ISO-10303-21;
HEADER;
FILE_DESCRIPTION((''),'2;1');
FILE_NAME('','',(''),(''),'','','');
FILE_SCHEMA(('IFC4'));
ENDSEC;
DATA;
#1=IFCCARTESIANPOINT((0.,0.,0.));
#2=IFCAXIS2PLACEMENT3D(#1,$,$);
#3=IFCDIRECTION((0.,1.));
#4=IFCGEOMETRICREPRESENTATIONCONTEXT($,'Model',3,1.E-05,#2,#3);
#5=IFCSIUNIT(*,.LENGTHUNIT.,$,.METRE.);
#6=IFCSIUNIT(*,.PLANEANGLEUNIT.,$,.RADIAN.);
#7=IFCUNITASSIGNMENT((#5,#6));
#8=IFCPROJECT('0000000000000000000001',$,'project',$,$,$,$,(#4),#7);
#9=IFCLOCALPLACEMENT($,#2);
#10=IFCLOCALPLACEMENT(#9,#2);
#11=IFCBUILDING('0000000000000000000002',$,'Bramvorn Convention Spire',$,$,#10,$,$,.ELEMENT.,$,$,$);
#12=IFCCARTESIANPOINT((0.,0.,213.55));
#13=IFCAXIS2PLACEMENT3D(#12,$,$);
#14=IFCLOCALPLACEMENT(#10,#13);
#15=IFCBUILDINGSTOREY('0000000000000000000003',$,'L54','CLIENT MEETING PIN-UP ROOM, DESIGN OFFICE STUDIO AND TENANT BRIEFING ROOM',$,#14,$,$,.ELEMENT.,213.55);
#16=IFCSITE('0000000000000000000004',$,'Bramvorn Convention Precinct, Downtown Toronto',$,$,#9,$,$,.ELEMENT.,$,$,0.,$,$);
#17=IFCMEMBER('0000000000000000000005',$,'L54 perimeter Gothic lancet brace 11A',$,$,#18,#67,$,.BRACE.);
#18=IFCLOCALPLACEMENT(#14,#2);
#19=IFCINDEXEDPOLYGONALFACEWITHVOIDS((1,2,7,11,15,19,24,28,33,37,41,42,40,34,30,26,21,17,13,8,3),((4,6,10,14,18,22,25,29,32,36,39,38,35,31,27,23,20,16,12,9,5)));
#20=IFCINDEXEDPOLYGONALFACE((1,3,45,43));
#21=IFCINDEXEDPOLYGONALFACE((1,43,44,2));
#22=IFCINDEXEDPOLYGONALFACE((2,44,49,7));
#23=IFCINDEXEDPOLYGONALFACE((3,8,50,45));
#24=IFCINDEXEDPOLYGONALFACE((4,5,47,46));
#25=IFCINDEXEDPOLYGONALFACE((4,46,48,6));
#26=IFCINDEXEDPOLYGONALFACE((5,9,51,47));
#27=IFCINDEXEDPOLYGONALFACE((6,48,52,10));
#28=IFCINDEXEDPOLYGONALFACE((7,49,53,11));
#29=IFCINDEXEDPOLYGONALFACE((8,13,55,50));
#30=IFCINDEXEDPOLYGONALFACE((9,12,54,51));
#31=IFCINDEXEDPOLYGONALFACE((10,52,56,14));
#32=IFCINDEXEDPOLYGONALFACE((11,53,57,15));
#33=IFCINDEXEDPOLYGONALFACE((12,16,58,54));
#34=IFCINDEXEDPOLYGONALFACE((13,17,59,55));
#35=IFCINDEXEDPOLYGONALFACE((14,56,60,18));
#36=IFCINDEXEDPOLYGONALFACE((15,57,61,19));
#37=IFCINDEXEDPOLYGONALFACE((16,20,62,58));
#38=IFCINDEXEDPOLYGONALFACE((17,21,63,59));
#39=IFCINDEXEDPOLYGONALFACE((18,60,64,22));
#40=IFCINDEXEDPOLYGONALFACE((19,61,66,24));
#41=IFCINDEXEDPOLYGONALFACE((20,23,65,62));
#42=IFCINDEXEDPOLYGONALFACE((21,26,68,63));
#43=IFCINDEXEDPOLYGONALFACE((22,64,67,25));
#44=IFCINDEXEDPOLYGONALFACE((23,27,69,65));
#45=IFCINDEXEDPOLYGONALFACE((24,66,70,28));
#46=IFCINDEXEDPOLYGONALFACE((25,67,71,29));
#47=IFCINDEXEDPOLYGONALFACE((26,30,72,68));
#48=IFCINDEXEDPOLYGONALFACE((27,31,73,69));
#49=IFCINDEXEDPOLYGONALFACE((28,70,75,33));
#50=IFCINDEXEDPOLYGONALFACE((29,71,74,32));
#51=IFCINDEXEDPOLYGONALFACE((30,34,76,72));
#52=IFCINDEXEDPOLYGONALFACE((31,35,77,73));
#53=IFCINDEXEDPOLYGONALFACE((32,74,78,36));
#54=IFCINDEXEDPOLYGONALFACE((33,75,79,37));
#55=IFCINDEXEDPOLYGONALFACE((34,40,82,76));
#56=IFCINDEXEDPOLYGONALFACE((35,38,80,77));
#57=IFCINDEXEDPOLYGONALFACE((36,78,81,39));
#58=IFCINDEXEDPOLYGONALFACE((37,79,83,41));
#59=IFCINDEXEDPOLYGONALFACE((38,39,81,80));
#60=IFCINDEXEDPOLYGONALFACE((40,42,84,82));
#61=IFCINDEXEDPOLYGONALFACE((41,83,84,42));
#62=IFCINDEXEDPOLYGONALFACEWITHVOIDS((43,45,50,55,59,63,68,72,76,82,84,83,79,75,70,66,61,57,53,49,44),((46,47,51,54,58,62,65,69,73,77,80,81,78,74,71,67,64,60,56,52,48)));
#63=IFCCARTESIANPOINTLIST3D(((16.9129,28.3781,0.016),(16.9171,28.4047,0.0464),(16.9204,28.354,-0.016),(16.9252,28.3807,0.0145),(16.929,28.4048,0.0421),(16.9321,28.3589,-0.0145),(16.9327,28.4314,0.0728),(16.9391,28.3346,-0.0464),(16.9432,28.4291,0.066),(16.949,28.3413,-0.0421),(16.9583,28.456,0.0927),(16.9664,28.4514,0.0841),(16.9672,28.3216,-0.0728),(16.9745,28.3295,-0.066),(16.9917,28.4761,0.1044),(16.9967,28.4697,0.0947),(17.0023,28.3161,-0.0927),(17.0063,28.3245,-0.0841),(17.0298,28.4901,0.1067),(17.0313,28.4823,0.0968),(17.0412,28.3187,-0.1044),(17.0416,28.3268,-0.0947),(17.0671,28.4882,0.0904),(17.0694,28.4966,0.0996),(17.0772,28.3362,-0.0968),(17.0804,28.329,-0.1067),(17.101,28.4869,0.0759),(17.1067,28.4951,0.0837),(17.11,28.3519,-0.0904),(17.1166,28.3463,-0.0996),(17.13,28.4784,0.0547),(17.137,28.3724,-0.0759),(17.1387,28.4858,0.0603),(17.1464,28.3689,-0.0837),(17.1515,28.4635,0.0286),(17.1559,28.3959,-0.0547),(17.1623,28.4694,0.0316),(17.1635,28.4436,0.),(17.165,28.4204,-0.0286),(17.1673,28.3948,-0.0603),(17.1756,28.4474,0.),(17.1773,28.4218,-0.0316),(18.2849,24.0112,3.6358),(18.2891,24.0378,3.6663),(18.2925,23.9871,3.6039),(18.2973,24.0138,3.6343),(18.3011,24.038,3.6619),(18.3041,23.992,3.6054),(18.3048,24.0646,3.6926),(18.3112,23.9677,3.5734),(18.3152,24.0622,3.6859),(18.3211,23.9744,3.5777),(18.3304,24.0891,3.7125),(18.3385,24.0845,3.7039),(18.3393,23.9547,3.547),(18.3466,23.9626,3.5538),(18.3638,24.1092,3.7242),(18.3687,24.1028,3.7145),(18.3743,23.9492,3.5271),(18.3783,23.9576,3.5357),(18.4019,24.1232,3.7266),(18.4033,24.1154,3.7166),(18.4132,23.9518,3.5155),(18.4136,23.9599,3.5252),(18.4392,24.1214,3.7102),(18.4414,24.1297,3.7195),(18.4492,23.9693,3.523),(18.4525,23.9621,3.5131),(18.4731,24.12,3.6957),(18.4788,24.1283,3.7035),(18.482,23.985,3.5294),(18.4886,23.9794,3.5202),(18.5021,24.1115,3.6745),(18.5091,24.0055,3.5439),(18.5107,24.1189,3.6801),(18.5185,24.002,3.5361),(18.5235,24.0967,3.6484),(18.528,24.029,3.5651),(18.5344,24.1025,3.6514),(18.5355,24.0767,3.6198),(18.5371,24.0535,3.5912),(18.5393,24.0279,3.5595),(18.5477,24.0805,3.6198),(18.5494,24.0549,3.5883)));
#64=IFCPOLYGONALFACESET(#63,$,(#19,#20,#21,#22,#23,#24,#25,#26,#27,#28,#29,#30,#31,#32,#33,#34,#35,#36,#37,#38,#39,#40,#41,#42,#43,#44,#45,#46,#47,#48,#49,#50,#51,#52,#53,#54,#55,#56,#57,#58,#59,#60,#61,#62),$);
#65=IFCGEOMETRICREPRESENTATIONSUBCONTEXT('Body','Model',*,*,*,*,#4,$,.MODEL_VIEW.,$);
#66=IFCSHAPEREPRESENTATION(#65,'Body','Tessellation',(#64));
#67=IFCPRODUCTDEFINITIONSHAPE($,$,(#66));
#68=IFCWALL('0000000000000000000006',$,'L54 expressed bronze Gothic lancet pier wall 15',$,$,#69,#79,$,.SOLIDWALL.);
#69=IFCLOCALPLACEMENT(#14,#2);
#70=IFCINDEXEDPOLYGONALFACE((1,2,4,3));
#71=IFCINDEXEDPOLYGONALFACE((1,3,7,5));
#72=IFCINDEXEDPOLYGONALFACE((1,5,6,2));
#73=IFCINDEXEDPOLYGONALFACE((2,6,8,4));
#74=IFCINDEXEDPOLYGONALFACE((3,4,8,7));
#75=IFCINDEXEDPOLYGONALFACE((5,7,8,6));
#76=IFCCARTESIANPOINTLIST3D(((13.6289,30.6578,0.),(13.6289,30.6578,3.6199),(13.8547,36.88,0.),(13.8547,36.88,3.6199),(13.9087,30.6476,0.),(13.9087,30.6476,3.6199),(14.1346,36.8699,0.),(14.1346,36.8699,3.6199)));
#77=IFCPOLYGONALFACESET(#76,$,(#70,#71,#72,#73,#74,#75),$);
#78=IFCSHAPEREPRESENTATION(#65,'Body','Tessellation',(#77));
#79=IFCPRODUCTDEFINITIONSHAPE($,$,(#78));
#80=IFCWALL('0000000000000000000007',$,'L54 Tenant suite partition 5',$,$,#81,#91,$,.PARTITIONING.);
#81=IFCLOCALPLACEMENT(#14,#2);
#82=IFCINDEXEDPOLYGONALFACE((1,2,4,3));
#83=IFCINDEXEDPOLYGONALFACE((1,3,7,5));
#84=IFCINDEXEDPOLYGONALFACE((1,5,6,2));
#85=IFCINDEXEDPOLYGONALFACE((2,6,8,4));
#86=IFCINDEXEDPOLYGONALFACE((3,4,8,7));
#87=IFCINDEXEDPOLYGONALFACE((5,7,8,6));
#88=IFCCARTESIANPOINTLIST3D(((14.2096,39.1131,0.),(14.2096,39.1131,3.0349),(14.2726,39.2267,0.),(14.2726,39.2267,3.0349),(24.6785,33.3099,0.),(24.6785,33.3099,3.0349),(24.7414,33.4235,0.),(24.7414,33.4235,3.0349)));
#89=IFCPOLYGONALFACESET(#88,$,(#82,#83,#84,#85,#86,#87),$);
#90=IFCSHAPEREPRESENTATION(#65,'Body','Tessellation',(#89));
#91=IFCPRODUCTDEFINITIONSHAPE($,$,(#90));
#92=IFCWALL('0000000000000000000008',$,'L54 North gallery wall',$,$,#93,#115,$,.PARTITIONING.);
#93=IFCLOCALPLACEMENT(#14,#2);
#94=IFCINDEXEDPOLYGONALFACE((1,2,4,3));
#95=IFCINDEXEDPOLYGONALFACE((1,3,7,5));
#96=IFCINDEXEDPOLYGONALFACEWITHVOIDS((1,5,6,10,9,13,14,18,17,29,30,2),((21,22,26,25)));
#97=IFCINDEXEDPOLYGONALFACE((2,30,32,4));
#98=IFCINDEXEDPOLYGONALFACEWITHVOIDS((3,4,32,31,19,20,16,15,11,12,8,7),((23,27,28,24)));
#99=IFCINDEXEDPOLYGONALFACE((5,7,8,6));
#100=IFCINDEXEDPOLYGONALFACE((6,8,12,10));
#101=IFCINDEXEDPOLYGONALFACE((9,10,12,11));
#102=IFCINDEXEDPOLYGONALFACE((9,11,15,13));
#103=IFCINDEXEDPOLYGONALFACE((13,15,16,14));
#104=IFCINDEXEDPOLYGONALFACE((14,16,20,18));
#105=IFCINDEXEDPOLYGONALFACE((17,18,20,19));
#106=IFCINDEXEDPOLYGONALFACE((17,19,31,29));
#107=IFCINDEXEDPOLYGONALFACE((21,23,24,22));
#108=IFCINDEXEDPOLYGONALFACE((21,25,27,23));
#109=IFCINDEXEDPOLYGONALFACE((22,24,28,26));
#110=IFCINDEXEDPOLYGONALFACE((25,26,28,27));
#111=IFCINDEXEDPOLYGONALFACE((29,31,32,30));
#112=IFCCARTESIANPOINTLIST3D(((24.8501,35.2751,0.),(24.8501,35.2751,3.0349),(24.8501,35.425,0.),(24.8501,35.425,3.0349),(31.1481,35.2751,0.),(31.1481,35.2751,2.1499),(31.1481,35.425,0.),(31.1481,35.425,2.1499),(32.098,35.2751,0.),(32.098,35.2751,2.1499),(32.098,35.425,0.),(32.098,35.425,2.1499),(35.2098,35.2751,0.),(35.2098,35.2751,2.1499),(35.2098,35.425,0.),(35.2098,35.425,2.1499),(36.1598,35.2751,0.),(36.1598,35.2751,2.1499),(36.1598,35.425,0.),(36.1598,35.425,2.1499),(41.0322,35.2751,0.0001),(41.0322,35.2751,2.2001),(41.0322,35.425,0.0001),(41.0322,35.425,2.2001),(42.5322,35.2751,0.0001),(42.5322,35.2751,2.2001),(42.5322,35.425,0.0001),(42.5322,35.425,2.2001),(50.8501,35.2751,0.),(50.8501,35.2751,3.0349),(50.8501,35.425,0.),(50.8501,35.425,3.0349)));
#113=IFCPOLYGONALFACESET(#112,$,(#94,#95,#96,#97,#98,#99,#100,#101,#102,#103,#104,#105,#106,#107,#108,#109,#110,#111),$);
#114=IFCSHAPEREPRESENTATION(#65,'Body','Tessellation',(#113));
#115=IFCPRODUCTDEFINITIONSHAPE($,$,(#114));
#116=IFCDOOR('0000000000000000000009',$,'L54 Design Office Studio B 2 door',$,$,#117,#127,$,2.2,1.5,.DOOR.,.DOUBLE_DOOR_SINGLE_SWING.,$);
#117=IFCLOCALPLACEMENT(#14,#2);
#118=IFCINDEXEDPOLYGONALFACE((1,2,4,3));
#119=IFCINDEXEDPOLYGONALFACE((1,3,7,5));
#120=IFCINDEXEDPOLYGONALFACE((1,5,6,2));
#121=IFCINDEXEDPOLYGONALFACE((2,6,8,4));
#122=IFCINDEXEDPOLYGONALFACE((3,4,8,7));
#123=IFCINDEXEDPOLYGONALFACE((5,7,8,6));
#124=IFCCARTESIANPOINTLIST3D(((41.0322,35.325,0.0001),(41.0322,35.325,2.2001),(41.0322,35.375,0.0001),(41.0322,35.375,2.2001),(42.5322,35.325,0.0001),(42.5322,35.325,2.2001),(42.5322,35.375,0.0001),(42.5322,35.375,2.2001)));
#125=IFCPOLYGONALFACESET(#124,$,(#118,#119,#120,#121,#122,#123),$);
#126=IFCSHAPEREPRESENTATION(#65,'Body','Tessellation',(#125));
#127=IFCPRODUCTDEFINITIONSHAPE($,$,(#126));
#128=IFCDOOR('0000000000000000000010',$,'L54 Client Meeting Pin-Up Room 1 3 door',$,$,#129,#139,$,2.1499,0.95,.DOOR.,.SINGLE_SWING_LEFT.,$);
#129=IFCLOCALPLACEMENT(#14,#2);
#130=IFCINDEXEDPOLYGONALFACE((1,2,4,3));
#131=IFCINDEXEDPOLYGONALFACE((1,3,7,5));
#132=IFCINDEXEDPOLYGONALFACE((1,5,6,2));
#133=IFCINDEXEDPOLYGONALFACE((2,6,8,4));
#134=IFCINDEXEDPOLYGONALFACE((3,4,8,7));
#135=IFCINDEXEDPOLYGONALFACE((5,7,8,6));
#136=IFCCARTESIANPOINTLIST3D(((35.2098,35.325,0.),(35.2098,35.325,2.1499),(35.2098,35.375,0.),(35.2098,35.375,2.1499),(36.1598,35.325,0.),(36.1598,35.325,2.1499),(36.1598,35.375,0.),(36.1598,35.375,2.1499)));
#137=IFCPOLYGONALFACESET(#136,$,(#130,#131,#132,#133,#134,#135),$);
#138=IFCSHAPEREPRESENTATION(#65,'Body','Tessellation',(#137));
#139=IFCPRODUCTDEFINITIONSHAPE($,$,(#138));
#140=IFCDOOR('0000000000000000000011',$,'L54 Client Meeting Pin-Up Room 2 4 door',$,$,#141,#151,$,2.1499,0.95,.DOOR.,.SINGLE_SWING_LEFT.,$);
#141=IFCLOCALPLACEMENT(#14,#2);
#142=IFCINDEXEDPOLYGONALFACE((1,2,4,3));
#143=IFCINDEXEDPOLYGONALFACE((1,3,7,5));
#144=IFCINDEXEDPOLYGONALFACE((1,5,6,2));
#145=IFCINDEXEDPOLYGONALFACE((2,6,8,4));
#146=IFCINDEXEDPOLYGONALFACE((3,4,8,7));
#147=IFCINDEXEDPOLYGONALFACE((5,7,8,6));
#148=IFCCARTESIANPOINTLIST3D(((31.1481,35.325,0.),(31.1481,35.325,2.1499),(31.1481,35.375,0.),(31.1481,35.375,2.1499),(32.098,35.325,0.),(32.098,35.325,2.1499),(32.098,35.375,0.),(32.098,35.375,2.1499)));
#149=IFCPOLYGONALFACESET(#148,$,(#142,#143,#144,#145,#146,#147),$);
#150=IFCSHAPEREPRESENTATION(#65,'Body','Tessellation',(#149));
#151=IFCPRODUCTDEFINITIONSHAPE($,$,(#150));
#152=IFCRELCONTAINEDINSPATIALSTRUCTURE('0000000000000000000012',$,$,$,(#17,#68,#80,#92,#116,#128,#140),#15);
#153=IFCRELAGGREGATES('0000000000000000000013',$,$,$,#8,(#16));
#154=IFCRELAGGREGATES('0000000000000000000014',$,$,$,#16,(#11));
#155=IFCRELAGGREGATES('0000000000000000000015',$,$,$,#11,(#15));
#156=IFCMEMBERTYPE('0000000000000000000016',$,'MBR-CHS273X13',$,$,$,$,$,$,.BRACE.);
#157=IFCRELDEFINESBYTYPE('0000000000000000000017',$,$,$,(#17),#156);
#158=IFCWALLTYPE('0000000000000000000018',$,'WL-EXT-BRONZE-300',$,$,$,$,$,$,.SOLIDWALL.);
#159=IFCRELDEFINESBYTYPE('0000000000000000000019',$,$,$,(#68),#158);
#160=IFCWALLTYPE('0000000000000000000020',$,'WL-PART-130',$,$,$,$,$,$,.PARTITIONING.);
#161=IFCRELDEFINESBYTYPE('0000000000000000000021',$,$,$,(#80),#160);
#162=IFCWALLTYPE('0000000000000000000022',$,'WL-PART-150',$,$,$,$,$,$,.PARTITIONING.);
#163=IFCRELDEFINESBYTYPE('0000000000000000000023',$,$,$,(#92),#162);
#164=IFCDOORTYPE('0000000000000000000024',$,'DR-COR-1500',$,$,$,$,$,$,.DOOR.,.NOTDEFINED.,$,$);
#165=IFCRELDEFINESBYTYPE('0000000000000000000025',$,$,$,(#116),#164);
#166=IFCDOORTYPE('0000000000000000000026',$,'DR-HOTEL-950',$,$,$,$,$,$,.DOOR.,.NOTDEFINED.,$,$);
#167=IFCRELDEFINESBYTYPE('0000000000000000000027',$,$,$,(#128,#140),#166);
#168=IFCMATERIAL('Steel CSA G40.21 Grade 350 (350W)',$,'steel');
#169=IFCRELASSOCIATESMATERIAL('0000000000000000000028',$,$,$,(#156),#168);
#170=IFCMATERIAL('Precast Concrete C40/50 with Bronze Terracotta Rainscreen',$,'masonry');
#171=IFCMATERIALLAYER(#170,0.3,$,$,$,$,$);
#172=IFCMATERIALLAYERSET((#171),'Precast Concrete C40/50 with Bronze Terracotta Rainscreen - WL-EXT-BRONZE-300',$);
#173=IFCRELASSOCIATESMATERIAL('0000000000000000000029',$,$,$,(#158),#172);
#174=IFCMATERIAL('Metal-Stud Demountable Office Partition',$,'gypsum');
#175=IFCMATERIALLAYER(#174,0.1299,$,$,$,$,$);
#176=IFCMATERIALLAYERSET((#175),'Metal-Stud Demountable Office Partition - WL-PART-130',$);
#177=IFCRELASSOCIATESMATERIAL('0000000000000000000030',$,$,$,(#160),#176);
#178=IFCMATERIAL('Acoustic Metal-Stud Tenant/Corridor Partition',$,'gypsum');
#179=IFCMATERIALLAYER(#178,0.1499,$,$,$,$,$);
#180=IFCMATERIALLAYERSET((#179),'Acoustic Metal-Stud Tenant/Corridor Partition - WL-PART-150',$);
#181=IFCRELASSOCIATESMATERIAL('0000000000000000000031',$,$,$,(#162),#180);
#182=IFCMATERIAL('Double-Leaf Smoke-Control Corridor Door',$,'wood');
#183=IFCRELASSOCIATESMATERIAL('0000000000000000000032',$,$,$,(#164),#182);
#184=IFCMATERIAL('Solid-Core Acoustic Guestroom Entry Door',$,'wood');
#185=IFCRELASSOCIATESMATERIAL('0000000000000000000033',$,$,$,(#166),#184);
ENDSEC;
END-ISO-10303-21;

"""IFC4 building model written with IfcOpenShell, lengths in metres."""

from ifc_helpers import new_model, si_unit, direction, frame, frame_2d, origin, origin_2d, place, context, subcontext, project, spatial, rectangle, hollow_circle, extrude, material, layer, layer_set, material_profile, profile_set, type_object, element, fill, save


model = new_model("IFC4")

# Units and contexts
model_context = context("Model", 3, precision=1e-05, world=origin(), true_north=direction((0.0, 1.0)))
body_context = subcontext(model_context, "Body", "Model", "MODEL_VIEW")
ifc_project = project(units=[si_unit("LENGTHUNIT", "METRE"), si_unit("PLANEANGLEUNIT", "RADIAN")], contexts=[model_context])

# Site, building, storey
site_placement = place(None, origin())
site = spatial("IfcSite", under=ifc_project, at=site_placement, Name="Bramvorn Convention Precinct, Downtown Toronto", CompositionType="ELEMENT", RefElevation=0.0)
building_placement = place(site_placement, origin())
building = spatial("IfcBuilding", under=site, at=building_placement, Name="Bramvorn Convention Spire", CompositionType="ELEMENT")
storey_placement = place(building_placement, frame((0.0, 0.0, 213.55)))
storey = spatial("IfcBuildingStorey", under=building, at=storey_placement, Name="L54", Description="CLIENT MEETING PIN-UP ROOM, DESIGN OFFICE STUDIO AND TENANT BRIEFING ROOM", CompositionType="ELEMENT", Elevation=213.55)

# Shared definitions
ifc_material_1 = material(Name="Steel CSA G40.21 Grade 350 (350W)", Category="steel")

# Member
ifc_material_profile_1 = material_profile(ifc_material_1, hollow_circle(Radius=0.1365, WallThickness=0.0127, at=origin_2d()))
ifc_profile_set_1 = profile_set([ifc_material_profile_1], Name="Steel CSA G40.21 Grade 350 (350W) - CHS273X13")
member_type = type_object("IfcMemberType", Name="MBR-CHS273X13", PredefinedType="BRACE", material=ifc_profile_set_1)
member_placement = place(storey_placement, frame((17.0454, 28.4065, 0.0), z_axis=(0.235114, -0.748306, 0.62029), x_axis=(0.954019, 0.299748, 0.0)))
element("IfcMember", 1, at=member_placement, inside=storey, type_object=member_type, Name="L54 perimeter Gothic lancet brace 11A", PredefinedType="BRACE", context=body_context, shape_type="SweptSolid", body=[
    extrude(hollow_circle(Radius=0.1365, WallThickness=0.0127, at=origin_2d()), origin(), (0.0, 0.0, 1.0), 5.8357),
])

# Walls
ifc_material_2 = material(Name="Precast Concrete C40/50 with Bronze Terracotta Rainscreen", Category="masonry")
ifc_layer_1 = layer(ifc_material_2, 0.3)
ifc_layer_set_1 = layer_set([ifc_layer_1], Name="Precast Concrete C40/50 with Bronze Terracotta Rainscreen - WL-EXT-BRONZE-300")
wall_type_1 = type_object("IfcWallType", Name="WL-EXT-BRONZE-300", PredefinedType="SOLIDWALL", material=ifc_layer_set_1)
wall_1_placement = place(storey_placement, frame((13.7688, 30.6526, 0.0), z_axis=(0.0, 0.0, 1.0), x_axis=(0.036271, 0.999342, 0.0)))
element("IfcWall", 2, at=wall_1_placement, inside=storey, type_object=wall_type_1, Name="L54 expressed bronze Gothic lancet pier wall 15", PredefinedType="SOLIDWALL", context=body_context, shape_type="SweptSolid", body=[
    extrude(rectangle(XDim=6.2263, YDim=0.28, at=frame_2d((3.1133, 0.0))), origin(), (0.0, 0.0, 1.0), 3.6199),
])
ifc_material_3 = material(Name="Metal-Stud Demountable Office Partition", Category="gypsum")
ifc_layer_2 = layer(ifc_material_3, 0.1299)
ifc_layer_set_2 = layer_set([ifc_layer_2], Name="Metal-Stud Demountable Office Partition - WL-PART-130")
wall_type_2 = type_object("IfcWallType", Name="WL-PART-130", PredefinedType="PARTITIONING", material=ifc_layer_set_2)
wall_2_placement = place(storey_placement, frame((24.71, 33.3667, 0.0), z_axis=(0.0, 0.0, 1.0), x_axis=(-0.874614, 0.48482, 0.0)))
element("IfcWall", 3, at=wall_2_placement, inside=storey, type_object=wall_type_2, Name="L54 Tenant suite partition 5", PredefinedType="PARTITIONING", context=body_context, shape_type="SweptSolid", body=[
    extrude(rectangle(XDim=11.9697, YDim=0.1299, at=frame_2d((5.9849, 0.0))), origin(), (0.0, 0.0, 1.0), 3.0349),
])

# Wall, openings, doors
ifc_material_4 = material(Name="Acoustic Metal-Stud Tenant/Corridor Partition", Category="gypsum")
ifc_layer_3 = layer(ifc_material_4, 0.1499)
ifc_layer_set_3 = layer_set([ifc_layer_3], Name="Acoustic Metal-Stud Tenant/Corridor Partition - WL-PART-150")
wall_type_3 = type_object("IfcWallType", Name="WL-PART-150", PredefinedType="PARTITIONING", material=ifc_layer_set_3)
wall_3_placement = place(storey_placement, frame((24.8501, 35.3501, 0.0), z_axis=(0.0, 0.0, 1.0), x_axis=(1.0, 0.0, 0.0)))
wall_3 = element("IfcWall", 4, at=wall_3_placement, inside=storey, type_object=wall_type_3, Name="L54 North gallery wall", PredefinedType="PARTITIONING", context=body_context, shape_type="SweptSolid", body=[
    extrude(rectangle(XDim=26.0, YDim=0.1499, at=frame_2d((13.0, 0.0))), origin(), (0.0, 0.0, 1.0), 3.0349),
])
opening_1_placement = place(wall_3_placement, frame((16.1821, 0.0, 0.0)))
opening_1 = element("IfcOpeningElement", 5, at=opening_1_placement, cuts=wall_3, PredefinedType="OPENING", context=body_context, shape_type="SweptSolid", body=[
    extrude(rectangle(XDim=1.5, YDim=2.2, at=frame_2d((0.75, 1.1001))), frame((0.0, 0.085, 0.0), z_axis=(0.0, -1.0, 0.0), x_axis=(1.0, 0.0, 0.0)), (0.0, 0.0, 1.0), 0.1699),
])
opening_2_placement = place(wall_3_placement, frame((10.3596, 0.0, 0.0)))
opening_2 = element("IfcOpeningElement", 6, at=opening_2_placement, cuts=wall_3, PredefinedType="OPENING", context=body_context, shape_type="SweptSolid", body=[
    extrude(rectangle(XDim=0.95, YDim=2.1499, at=frame_2d((0.4751, 1.075))), frame((0.0, 0.085, 0.0), z_axis=(0.0, -1.0, 0.0), x_axis=(1.0, 0.0, 0.0)), (0.0, 0.0, 1.0), 0.1699),
])
opening_3_placement = place(wall_3_placement, frame((6.2979, 0.0, 0.0)))
opening_3 = element("IfcOpeningElement", 7, at=opening_3_placement, cuts=wall_3, PredefinedType="OPENING", context=body_context, shape_type="SweptSolid", body=[
    extrude(rectangle(XDim=0.95, YDim=2.1499, at=frame_2d((0.4751, 1.075))), frame((0.0, 0.085, 0.0), z_axis=(0.0, -1.0, 0.0), x_axis=(1.0, 0.0, 0.0)), (0.0, 0.0, 1.0), 0.1699),
])
ifc_material_5 = material(Name="Double-Leaf Smoke-Control Corridor Door", Category="wood")
door_type_1 = type_object("IfcDoorType", Name="DR-COR-1500", OperationType="NOTDEFINED", PredefinedType="DOOR", material=ifc_material_5)
door_1_placement = place(opening_1_placement, origin())
door_1 = element("IfcDoor", 8, at=door_1_placement, inside=storey, type_object=door_type_1, Name="L54 Design Office Studio B 2 door", OperationType="DOUBLE_DOOR_SINGLE_SWING", OverallHeight=2.2, OverallWidth=1.5, PredefinedType="DOOR", context=body_context, shape_type="SweptSolid", body=[
    extrude(rectangle(XDim=1.5, YDim=2.2, at=frame_2d((0.75, 1.1001))), frame((0.0, 0.0249, 0.0), z_axis=(0.0, -1.0, 0.0), x_axis=(1.0, 0.0, 0.0)), (0.0, 0.0, 1.0), 0.05),
])
fill(opening_1, door_1)
ifc_material_6 = material(Name="Solid-Core Acoustic Guestroom Entry Door", Category="wood")
door_type_2 = type_object("IfcDoorType", Name="DR-HOTEL-950", OperationType="NOTDEFINED", PredefinedType="DOOR", material=ifc_material_6)
door_2_placement = place(opening_2_placement, origin())
door_2 = element("IfcDoor", 9, at=door_2_placement, inside=storey, type_object=door_type_2, Name="L54 Client Meeting Pin-Up Room 1 3 door", OperationType="SINGLE_SWING_LEFT", OverallHeight=2.1499, OverallWidth=0.95, PredefinedType="DOOR", context=body_context, shape_type="SweptSolid", body=[
    extrude(rectangle(XDim=0.95, YDim=2.1499, at=frame_2d((0.4751, 1.075))), frame((0.0, 0.0249, 0.0), z_axis=(0.0, -1.0, 0.0), x_axis=(1.0, 0.0, 0.0)), (0.0, 0.0, 1.0), 0.05),
])
fill(opening_2, door_2)
door_3_placement = place(opening_3_placement, origin())
door_3 = element("IfcDoor", 10, at=door_3_placement, inside=storey, type_object=door_type_2, Name="L54 Client Meeting Pin-Up Room 2 4 door", OperationType="SINGLE_SWING_LEFT", OverallHeight=2.1499, OverallWidth=0.95, PredefinedType="DOOR", context=body_context, shape_type="SweptSolid", body=[
    extrude(rectangle(XDim=0.95, YDim=2.1499, at=frame_2d((0.4751, 1.075))), frame((0.0, 0.0249, 0.0), z_axis=(0.0, -1.0, 0.0), x_axis=(1.0, 0.0, 0.0)), (0.0, 0.0, 1.0), 0.05),
])
fill(opening_3, door_3)

save(model, "model.ifc")
